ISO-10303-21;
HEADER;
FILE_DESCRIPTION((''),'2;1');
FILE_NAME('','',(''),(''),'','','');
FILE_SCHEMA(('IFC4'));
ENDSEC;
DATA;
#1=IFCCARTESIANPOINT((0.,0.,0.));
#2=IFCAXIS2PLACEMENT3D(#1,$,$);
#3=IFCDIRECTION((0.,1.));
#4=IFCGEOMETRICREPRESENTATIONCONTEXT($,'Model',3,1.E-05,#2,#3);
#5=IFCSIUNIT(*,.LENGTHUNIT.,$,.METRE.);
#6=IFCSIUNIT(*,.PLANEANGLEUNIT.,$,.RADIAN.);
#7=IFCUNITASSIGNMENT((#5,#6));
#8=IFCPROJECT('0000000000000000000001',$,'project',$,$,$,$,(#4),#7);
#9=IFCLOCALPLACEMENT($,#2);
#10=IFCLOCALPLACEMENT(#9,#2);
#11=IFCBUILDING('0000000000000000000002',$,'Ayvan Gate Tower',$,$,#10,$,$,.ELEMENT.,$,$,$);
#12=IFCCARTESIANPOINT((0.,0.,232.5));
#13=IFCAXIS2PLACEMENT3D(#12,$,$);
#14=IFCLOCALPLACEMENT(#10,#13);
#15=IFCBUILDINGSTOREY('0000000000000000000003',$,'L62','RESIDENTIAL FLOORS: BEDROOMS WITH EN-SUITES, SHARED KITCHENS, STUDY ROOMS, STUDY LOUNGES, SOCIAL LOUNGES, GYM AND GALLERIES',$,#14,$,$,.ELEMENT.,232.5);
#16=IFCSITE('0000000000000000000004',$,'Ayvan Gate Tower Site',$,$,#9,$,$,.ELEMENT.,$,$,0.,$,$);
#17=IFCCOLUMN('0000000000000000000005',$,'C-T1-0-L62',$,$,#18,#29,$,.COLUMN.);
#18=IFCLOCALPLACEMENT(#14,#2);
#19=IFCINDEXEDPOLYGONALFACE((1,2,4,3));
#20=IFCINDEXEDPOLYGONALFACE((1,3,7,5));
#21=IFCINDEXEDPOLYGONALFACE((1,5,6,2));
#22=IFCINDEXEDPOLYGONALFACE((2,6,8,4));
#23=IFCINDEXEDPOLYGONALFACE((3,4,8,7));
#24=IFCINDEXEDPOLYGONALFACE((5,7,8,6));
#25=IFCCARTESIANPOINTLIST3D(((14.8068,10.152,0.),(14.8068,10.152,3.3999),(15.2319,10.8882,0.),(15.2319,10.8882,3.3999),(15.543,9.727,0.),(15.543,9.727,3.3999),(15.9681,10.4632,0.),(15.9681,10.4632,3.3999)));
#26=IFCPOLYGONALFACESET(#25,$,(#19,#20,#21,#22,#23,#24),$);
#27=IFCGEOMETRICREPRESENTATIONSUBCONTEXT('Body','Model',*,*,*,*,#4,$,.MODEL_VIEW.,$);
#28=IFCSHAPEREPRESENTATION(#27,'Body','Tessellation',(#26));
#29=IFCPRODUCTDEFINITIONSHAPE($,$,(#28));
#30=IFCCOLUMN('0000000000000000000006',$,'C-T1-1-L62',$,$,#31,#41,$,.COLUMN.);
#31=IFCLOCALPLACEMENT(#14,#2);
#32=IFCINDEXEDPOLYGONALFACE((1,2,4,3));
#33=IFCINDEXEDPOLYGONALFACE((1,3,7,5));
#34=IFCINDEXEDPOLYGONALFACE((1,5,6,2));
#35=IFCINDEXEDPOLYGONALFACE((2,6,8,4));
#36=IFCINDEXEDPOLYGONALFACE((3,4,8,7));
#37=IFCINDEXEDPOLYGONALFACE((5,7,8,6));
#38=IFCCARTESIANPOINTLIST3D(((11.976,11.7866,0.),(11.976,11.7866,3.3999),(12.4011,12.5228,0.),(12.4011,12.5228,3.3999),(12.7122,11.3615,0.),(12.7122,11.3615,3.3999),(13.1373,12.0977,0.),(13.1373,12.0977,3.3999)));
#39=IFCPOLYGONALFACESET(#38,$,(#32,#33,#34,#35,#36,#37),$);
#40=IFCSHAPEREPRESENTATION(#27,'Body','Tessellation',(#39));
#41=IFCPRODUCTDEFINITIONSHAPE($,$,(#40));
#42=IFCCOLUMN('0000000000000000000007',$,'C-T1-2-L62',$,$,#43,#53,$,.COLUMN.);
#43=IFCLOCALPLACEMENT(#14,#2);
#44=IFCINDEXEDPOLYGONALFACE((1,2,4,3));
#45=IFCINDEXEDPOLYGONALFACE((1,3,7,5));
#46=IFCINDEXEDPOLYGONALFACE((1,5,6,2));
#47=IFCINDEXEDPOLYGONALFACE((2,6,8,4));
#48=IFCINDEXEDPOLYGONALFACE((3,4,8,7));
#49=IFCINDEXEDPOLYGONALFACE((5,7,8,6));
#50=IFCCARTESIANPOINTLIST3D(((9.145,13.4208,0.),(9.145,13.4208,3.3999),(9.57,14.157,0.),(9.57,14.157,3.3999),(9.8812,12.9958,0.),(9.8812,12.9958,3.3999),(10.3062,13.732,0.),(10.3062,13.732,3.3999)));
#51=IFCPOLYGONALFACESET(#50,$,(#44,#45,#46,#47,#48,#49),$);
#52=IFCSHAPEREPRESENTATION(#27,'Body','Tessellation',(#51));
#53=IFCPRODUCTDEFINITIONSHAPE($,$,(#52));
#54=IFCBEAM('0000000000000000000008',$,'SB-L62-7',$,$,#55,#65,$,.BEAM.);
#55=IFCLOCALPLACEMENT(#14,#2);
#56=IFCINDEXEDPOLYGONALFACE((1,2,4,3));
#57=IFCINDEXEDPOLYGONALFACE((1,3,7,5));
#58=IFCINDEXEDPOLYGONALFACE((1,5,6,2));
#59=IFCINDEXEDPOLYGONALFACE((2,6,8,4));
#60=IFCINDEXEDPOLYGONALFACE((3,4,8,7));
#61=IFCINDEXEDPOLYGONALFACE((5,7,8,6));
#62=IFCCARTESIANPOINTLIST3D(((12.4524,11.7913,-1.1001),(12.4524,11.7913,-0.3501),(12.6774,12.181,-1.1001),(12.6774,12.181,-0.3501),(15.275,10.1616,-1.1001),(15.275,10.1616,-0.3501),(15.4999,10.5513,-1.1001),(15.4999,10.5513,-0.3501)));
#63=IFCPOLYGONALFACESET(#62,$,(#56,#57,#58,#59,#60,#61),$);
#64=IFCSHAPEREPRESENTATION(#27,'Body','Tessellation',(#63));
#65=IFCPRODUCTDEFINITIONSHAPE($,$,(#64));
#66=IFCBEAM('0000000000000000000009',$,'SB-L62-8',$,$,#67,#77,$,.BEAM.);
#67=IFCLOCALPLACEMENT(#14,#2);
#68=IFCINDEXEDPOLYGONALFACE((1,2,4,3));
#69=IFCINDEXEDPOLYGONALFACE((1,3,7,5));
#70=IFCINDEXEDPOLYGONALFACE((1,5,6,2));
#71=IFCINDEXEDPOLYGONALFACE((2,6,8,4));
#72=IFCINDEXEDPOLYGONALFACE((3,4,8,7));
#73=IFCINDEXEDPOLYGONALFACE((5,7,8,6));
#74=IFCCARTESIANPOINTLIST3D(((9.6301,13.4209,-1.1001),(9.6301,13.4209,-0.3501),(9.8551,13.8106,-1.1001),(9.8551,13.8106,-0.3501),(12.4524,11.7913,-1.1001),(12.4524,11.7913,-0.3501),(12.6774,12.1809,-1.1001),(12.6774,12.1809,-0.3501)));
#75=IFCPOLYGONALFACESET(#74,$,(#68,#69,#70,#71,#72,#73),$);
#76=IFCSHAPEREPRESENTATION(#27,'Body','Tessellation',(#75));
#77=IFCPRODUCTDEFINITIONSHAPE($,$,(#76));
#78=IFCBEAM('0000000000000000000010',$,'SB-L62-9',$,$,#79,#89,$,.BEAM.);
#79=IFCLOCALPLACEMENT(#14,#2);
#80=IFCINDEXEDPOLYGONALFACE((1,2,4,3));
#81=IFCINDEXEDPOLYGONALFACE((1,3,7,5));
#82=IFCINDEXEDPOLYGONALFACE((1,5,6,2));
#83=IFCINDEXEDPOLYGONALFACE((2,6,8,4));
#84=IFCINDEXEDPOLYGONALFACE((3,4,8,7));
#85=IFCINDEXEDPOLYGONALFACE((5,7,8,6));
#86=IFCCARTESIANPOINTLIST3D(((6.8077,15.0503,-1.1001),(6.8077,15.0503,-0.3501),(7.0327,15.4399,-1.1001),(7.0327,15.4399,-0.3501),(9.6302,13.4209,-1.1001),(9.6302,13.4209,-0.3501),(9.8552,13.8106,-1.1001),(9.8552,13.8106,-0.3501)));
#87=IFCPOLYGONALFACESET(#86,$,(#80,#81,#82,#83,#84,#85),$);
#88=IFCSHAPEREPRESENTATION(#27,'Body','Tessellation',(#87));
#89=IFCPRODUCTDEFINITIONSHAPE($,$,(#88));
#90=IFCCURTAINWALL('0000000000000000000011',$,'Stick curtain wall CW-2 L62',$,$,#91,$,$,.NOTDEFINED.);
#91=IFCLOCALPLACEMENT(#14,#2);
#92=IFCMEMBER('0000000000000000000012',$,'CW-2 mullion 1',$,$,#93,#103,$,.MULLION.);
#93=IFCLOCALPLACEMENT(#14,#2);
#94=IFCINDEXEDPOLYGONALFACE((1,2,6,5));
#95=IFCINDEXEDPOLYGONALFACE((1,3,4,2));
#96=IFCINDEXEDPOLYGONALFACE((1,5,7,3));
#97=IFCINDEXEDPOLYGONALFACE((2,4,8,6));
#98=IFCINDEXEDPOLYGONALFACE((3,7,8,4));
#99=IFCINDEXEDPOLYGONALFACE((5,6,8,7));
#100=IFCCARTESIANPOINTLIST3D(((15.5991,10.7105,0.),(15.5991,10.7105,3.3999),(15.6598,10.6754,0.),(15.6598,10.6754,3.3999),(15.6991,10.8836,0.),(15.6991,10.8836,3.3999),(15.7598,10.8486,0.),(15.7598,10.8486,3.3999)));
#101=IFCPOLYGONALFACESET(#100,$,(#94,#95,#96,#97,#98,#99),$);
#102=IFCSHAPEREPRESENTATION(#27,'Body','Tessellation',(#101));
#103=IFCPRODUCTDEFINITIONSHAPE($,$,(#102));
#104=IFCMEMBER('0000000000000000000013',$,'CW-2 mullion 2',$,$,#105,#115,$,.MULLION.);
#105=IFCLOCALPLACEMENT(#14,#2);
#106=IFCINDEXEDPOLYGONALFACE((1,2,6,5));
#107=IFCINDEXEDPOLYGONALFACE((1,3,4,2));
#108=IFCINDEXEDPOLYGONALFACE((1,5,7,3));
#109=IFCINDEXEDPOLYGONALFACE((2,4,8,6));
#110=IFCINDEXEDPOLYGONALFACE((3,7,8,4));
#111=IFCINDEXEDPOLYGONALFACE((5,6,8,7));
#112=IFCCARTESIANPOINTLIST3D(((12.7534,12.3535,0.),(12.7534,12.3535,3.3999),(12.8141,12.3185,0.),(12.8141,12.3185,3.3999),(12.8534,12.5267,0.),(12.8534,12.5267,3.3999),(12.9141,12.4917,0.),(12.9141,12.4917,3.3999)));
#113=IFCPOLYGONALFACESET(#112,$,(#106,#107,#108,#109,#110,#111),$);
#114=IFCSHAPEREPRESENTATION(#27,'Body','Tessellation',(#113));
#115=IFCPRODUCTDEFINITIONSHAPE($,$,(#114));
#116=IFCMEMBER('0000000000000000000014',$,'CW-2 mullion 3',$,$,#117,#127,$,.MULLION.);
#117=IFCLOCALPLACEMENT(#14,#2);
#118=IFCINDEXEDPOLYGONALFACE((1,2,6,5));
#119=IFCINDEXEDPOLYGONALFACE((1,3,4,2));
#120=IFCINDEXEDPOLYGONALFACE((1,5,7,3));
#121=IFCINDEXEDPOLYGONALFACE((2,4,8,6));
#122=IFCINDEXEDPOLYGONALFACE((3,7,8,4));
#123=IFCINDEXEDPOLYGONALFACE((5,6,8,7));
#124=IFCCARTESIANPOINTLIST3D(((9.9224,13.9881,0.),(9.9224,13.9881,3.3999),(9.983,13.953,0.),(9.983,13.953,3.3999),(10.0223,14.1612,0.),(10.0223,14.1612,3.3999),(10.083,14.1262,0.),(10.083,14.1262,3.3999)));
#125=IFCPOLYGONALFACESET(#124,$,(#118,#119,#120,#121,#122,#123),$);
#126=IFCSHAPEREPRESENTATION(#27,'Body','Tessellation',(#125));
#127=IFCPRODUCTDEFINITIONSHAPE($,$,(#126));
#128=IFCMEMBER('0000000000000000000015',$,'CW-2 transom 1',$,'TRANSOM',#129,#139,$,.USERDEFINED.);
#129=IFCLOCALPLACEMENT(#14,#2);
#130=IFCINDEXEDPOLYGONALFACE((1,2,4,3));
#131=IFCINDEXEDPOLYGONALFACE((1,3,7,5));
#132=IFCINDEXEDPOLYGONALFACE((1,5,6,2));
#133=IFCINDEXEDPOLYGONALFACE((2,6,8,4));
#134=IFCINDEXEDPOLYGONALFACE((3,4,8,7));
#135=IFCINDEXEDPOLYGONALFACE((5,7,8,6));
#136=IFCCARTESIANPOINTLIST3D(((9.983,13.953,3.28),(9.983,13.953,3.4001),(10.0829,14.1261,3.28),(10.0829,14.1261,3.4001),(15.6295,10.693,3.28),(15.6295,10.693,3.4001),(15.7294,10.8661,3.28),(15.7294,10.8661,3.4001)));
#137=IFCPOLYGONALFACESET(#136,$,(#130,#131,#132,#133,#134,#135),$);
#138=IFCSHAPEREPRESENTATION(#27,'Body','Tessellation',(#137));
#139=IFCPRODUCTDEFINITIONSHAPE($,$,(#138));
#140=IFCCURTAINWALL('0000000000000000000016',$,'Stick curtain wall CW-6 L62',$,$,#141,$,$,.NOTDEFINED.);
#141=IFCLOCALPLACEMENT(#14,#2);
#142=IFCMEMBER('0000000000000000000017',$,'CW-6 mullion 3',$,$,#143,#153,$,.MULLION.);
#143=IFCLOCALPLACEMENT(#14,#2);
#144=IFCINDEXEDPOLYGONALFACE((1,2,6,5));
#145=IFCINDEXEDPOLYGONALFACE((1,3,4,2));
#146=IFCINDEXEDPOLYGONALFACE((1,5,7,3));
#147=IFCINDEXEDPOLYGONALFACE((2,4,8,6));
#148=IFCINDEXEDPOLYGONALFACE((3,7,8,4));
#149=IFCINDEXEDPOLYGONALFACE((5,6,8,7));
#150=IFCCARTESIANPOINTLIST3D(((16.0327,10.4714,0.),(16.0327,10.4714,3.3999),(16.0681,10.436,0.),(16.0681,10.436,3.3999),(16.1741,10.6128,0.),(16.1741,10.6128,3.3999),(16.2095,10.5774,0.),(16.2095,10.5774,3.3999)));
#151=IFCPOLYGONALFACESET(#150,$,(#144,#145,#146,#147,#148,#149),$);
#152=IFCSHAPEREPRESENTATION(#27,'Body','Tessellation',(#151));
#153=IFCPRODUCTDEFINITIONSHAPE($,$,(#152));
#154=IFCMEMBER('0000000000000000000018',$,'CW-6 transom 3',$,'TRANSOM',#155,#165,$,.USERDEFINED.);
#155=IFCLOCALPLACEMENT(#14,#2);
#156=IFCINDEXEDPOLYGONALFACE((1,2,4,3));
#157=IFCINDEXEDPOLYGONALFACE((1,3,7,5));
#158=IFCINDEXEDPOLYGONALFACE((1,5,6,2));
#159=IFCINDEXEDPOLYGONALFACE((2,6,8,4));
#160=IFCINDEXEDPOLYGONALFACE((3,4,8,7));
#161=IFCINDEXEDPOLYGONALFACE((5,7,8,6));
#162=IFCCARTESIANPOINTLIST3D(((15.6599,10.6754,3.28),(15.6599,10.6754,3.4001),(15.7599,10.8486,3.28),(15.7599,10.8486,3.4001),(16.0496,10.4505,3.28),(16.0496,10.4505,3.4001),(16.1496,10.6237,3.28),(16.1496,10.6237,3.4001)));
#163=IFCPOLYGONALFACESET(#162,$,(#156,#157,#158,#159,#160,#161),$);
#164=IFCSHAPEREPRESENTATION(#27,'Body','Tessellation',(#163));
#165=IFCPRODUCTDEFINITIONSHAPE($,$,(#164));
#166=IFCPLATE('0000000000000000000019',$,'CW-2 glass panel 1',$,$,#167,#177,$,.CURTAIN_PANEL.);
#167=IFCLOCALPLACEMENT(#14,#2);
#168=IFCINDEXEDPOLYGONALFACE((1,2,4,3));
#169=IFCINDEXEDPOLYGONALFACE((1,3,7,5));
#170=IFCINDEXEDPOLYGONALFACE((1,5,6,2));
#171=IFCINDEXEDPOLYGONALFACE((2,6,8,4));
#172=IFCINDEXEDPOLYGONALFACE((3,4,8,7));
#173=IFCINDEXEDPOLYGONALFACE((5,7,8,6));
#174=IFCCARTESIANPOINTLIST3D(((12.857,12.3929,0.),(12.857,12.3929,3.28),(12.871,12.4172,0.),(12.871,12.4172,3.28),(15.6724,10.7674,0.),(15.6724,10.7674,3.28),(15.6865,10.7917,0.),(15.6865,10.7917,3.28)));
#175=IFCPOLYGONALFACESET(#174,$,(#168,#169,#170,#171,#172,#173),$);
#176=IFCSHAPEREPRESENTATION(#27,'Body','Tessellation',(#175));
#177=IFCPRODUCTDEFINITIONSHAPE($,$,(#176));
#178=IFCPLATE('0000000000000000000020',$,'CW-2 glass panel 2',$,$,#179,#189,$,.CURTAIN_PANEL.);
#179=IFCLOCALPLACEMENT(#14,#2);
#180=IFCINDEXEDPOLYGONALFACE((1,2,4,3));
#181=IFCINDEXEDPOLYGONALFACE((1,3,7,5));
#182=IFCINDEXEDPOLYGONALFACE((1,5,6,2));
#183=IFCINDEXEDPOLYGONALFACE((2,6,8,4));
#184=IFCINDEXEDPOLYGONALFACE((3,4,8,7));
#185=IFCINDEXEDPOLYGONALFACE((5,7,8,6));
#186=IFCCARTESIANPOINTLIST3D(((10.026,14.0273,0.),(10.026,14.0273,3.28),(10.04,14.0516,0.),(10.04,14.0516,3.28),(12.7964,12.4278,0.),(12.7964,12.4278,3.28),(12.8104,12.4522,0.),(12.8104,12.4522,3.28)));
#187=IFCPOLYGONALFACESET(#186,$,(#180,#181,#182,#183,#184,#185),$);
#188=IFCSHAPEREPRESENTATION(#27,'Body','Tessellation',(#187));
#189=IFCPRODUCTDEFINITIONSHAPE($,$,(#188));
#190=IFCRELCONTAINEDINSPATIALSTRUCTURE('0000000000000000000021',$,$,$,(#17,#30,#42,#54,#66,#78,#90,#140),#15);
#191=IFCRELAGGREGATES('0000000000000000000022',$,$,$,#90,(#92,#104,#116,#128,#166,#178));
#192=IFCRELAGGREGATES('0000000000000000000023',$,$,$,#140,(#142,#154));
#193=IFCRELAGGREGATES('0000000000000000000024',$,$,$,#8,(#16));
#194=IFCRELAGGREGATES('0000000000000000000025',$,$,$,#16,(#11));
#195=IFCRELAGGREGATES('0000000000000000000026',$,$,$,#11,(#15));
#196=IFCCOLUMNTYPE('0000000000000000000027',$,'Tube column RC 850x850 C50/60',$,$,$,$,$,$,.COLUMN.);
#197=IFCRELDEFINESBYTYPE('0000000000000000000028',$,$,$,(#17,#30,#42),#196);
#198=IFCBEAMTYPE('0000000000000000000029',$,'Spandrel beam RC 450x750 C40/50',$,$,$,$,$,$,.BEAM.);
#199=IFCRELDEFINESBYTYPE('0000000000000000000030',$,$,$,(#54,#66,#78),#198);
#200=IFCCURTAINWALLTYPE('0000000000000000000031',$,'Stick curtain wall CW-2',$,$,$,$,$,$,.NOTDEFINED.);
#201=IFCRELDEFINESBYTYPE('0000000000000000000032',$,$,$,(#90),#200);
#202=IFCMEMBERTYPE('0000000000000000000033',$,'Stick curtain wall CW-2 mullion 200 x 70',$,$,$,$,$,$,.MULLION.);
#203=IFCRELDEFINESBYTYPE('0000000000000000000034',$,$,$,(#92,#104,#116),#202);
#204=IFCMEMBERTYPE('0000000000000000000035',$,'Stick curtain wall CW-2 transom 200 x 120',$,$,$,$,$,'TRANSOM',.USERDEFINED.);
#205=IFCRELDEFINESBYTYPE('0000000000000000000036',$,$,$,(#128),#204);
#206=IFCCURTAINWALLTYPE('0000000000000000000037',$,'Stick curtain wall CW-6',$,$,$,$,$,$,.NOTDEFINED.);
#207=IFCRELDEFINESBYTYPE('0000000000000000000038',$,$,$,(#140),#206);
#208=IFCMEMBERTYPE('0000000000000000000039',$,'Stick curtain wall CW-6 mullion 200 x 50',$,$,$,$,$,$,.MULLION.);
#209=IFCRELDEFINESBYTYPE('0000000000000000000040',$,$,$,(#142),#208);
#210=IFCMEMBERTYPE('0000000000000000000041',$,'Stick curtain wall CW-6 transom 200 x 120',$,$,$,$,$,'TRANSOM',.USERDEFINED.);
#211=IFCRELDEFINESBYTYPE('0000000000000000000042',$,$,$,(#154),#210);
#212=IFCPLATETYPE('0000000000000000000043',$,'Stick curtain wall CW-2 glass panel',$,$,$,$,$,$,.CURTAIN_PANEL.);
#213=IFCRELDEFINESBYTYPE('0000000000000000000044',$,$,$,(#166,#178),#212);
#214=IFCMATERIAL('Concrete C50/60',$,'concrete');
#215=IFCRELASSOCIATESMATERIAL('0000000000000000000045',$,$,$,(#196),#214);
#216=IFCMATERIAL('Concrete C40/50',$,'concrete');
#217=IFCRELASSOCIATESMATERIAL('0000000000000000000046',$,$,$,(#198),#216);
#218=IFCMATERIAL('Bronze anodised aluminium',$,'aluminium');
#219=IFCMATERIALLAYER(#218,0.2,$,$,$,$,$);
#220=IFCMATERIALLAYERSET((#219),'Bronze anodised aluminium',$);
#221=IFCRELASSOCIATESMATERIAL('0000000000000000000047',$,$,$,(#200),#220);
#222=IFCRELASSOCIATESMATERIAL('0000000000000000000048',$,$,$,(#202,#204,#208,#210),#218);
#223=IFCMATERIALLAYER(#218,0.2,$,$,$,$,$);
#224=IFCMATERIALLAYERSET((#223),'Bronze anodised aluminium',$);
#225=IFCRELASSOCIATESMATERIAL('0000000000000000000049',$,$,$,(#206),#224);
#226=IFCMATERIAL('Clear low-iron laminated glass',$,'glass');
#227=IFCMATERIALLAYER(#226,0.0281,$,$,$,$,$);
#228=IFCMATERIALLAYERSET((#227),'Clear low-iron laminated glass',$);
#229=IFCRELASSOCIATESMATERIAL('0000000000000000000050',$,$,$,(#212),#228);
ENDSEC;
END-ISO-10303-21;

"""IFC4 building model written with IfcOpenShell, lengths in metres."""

from ifc_helpers import new_model, si_unit, direction, frame, origin, origin_2d, place, context, subcontext, project, spatial, rectangle, extrude, material, layer, layer_set, material_profile, profile_set, type_object, element, aggregate, save


model = new_model("IFC4")

# Units and contexts
model_context = context("Model", 3, precision=1e-05, world=origin(), true_north=direction((0.0, 1.0)))
body_context = subcontext(model_context, "Body", "Model", "MODEL_VIEW")
ifc_project = project(units=[si_unit("LENGTHUNIT", "METRE"), si_unit("PLANEANGLEUNIT", "RADIAN")], contexts=[model_context])

# Site, building, storey
site_placement = place(None, origin())
site = spatial("IfcSite", under=ifc_project, at=site_placement, Name="Ayvan Gate Tower Site", CompositionType="ELEMENT", RefElevation=0.0)
building_placement = place(site_placement, origin())
building = spatial("IfcBuilding", under=site, at=building_placement, Name="Ayvan Gate Tower", CompositionType="ELEMENT")
storey_placement = place(building_placement, frame((0.0, 0.0, 232.5)))
storey = spatial("IfcBuildingStorey", under=building, at=storey_placement, Name="L62", Description="RESIDENTIAL FLOORS: BEDROOMS WITH EN-SUITES, SHARED KITCHENS, STUDY ROOMS, STUDY LOUNGES, SOCIAL LOUNGES, GYM AND GALLERIES", CompositionType="ELEMENT", Elevation=232.5)

# Columns
ifc_material_1 = material(Name="Concrete C50/60", Category="concrete")
ifc_material_profile_1 = material_profile(ifc_material_1, rectangle(XDim=0.8501, YDim=0.8501, at=origin_2d()), Name="RC 850x850")
ifc_profile_set_1 = profile_set([ifc_material_profile_1], Name="Concrete C50/60")
column_type = type_object("IfcColumnType", Name="Tube column RC 850x850 C50/60", PredefinedType="COLUMN", material=ifc_profile_set_1)
for number, where, z_axis, x_axis, name in (
    (1, (15.3875, 10.3076, 0.0), (0.0, 0.0, 1.0), (0.5, 0.866025, 0.0), "C-T1-0-L62"),
    (2, (12.5566, 11.9421, 0.0), (0.0, 0.0, 1.0), (0.5, 0.866025, 0.0), "C-T1-1-L62"),
    (3, (9.7256, 13.5764, 0.0), (0.0, 0.0, 1.0), (0.5, 0.866025, 0.0), "C-T1-2-L62"),
):
    element("IfcColumn", number, at=place(storey_placement, frame(where, z_axis=z_axis, x_axis=x_axis)), inside=storey, type_object=column_type, Name=name, PredefinedType="COLUMN", context=body_context, shape_type="SweptSolid", body=[
        extrude(rectangle(XDim=0.8501, YDim=0.8501, at=origin_2d()), origin(), (0.0, 0.0, 1.0), 3.3999),
    ])

# Beams
ifc_material_2 = material(Name="Concrete C40/50", Category="concrete")
ifc_material_profile_2 = material_profile(ifc_material_2, rectangle(XDim=0.45, YDim=0.75, at=origin_2d()), Name="RC 450x750")
ifc_profile_set_2 = profile_set([ifc_material_profile_2], Name="Concrete C40/50")
beam_type = type_object("IfcBeamType", Name="Spandrel beam RC 450x750 C40/50", PredefinedType="BEAM", material=ifc_profile_set_2)
beam_placement = place(storey_placement, frame((15.3875, 10.3564, -0.7251), z_axis=(-0.866017, 0.500014, 0.0), x_axis=(-0.500014, -0.866017, 0.0)))
element("IfcBeam", 4, at=beam_placement, inside=storey, type_object=beam_type, Name="SB-L62-7", PredefinedType="BEAM", context=body_context, shape_type="SweptSolid", body=[
    extrude(rectangle(XDim=0.45, YDim=0.75, at=origin_2d()), origin(), (0.0, 0.0, 1.0), 3.2593),
])
for number, where, z_axis, x_axis, name in (
    (5, (12.5649, 11.9861, -0.7251), (-0.865998, 0.500047, 0.0), (-0.500047, -0.865998, 0.0), "SB-L62-8"),
    (6, (9.7427, 13.6157, -0.7251), (-0.86605, 0.499958, 0.0), (-0.499958, -0.86605, 0.0), "SB-L62-9"),
):
    element("IfcBeam", number, at=place(storey_placement, frame(where, z_axis=z_axis, x_axis=x_axis)), inside=storey, type_object=beam_type, Name=name, PredefinedType="BEAM", context=body_context, shape_type="SweptSolid", body=[
        extrude(rectangle(XDim=0.45, YDim=0.75, at=origin_2d()), origin(), (0.0, 0.0, 1.0), 3.259),
    ])

# Curtain walls, members
ifc_material_3 = material(Name="Bronze anodised aluminium", Category="aluminium")
ifc_layer_1 = layer(ifc_material_3, 0.2)
ifc_layer_set_1 = layer_set([ifc_layer_1], Name="Bronze anodised aluminium")
curtain_wall_type_1 = type_object("IfcCurtainWallType", Name="Stick curtain wall CW-2", PredefinedType="NOTDEFINED", material=ifc_layer_set_1)
curtain_wall_1_placement = place(storey_placement, origin())
curtain_wall_1 = element("IfcCurtainWall", 7, at=curtain_wall_1_placement, inside=storey, type_object=curtain_wall_type_1, Name="Stick curtain wall CW-2 L62", PredefinedType="NOTDEFINED")
ifc_material_profile_3 = material_profile(ifc_material_3, rectangle(XDim=0.2, YDim=0.0701, at=origin_2d()), Name="Stick curtain wall CW-2 mullion 200 x 70")
ifc_profile_set_3 = profile_set([ifc_material_profile_3], Name="Bronze anodised aluminium")
member_type_1 = type_object("IfcMemberType", Name="Stick curtain wall CW-2 mullion 200 x 70", PredefinedType="MULLION", material=ifc_profile_set_3)
member_1_placement = place(storey_placement, frame((15.6794, 10.7795, 0.0), z_axis=(0.0, 0.0, 1.0), x_axis=(0.5, 0.866025, 0.0)))
member_1 = element("IfcMember", 8, at=member_1_placement, type_object=member_type_1, Name="CW-2 mullion 1", PredefinedType="MULLION", context=body_context, shape_type="SweptSolid", body=[
    extrude(rectangle(XDim=0.2, YDim=0.0701, at=origin_2d()), origin(), (0.0, 0.0, 1.0), 3.3999),
])
member_2_placement = place(storey_placement, frame((12.8337, 12.4226, 0.0), z_axis=(0.0, 0.0, 1.0), x_axis=(0.5, 0.866025, 0.0)))
member_2 = element("IfcMember", 9, at=member_2_placement, type_object=member_type_1, Name="CW-2 mullion 2", PredefinedType="MULLION", context=body_context, shape_type="SweptSolid", body=[
    extrude(rectangle(XDim=0.2, YDim=0.0701, at=origin_2d()), origin(), (0.0, 0.0, 1.0), 3.3999),
])
member_3_placement = place(storey_placement, frame((10.0027, 14.0571, 0.0), z_axis=(0.0, 0.0, 1.0), x_axis=(0.5, 0.866025, 0.0)))
member_3 = element("IfcMember", 10, at=member_3_placement, type_object=member_type_1, Name="CW-2 mullion 3", PredefinedType="MULLION", context=body_context, shape_type="SweptSolid", body=[
    extrude(rectangle(XDim=0.2, YDim=0.0701, at=origin_2d()), origin(), (0.0, 0.0, 1.0), 3.3999),
])
ifc_material_profile_4 = material_profile(ifc_material_3, rectangle(XDim=0.2, YDim=0.1201, at=origin_2d()), Name="Stick curtain wall CW-2 transom 200 x 120")
ifc_profile_set_4 = profile_set([ifc_material_profile_4], Name="Bronze anodised aluminium")
member_type_2 = type_object("IfcMemberType", Name="Stick curtain wall CW-2 transom 200 x 120", ElementType="TRANSOM", PredefinedType="USERDEFINED", material=ifc_profile_set_4)
member_4_placement = place(storey_placement, frame((15.6794, 10.7795, 3.3401), z_axis=(-0.866025, 0.500001, 0.0), x_axis=(-0.500001, -0.866025, 0.0)))
member_4 = element("IfcMember", 11, at=member_4_placement, type_object=member_type_2, Name="CW-2 transom 1", ObjectType="TRANSOM", PredefinedType="USERDEFINED", context=body_context, shape_type="SweptSolid", body=[
    extrude(rectangle(XDim=0.2, YDim=0.1201, at=origin_2d()), origin(), (0.0, 0.0, 1.0), 6.52),
])
ifc_layer_2 = layer(ifc_material_3, 0.2)
ifc_layer_set_2 = layer_set([ifc_layer_2], Name="Bronze anodised aluminium")
curtain_wall_type_2 = type_object("IfcCurtainWallType", Name="Stick curtain wall CW-6", PredefinedType="NOTDEFINED", material=ifc_layer_set_2)
curtain_wall_2_placement = place(storey_placement, origin())
curtain_wall_2 = element("IfcCurtainWall", 12, at=curtain_wall_2_placement, inside=storey, type_object=curtain_wall_type_2, Name="Stick curtain wall CW-6 L62", PredefinedType="NOTDEFINED")
ifc_material_profile_5 = material_profile(ifc_material_3, rectangle(XDim=0.2, YDim=0.05, at=origin_2d()), Name="Stick curtain wall CW-6 mullion 200 x 50")
ifc_profile_set_5 = profile_set([ifc_material_profile_5], Name="Bronze anodised aluminium")
member_type_3 = type_object("IfcMemberType", Name="Stick curtain wall CW-6 mullion 200 x 50", PredefinedType="MULLION", material=ifc_profile_set_5)
member_5_placement = place(storey_placement, frame((16.1211, 10.5244, 0.0), z_axis=(0.0, 0.0, 1.0), x_axis=(0.707107, 0.707107, 0.0)))
member_5 = element("IfcMember", 13, at=member_5_placement, type_object=member_type_3, Name="CW-6 mullion 3", PredefinedType="MULLION", context=body_context, shape_type="SweptSolid", body=[
    extrude(rectangle(XDim=0.2, YDim=0.05, at=origin_2d()), origin(), (0.0, 0.0, 1.0), 3.3999),
])
ifc_material_profile_6 = material_profile(ifc_material_3, rectangle(XDim=0.2, YDim=0.1201, at=origin_2d()), Name="Stick curtain wall CW-6 transom 200 x 120")
ifc_profile_set_6 = profile_set([ifc_material_profile_6], Name="Bronze anodised aluminium")
member_type_4 = type_object("IfcMemberType", Name="Stick curtain wall CW-6 transom 200 x 120", ElementType="TRANSOM", PredefinedType="USERDEFINED", material=ifc_profile_set_6)
member_6_placement = place(storey_placement, frame((16.0996, 10.5371, 3.3401), z_axis=(-0.866131, 0.499816, 0.0), x_axis=(-0.499816, -0.866131, 0.0)))
member_6 = element("IfcMember", 14, at=member_6_placement, type_object=member_type_4, Name="CW-6 transom 3", ObjectType="TRANSOM", PredefinedType="USERDEFINED", context=body_context, shape_type="SweptSolid", body=[
    extrude(rectangle(XDim=0.2, YDim=0.1201, at=origin_2d()), origin(), (0.0, 0.0, 1.0), 0.45),
])

# Plates
ifc_material_4 = material(Name="Clear low-iron laminated glass", Category="glass")
ifc_layer_3 = layer(ifc_material_4, 0.0281)
ifc_layer_set_3 = layer_set([ifc_layer_3], Name="Clear low-iron laminated glass")
plate_type_1 = type_object("IfcPlateType", Name="Stick curtain wall CW-2 glass panel", PredefinedType="CURTAIN_PANEL", material=ifc_layer_set_3)
plate_1_placement = place(storey_placement, frame((14.2717, 11.5923, 0.0), z_axis=(0.0, 0.0, 1.0), x_axis=(-0.866025, 0.5, 0.0)))
plate_1 = element("IfcPlate", 15, at=plate_1_placement, type_object=plate_type_1, Name="CW-2 glass panel 1", PredefinedType="CURTAIN_PANEL", context=body_context, shape_type="SweptSolid", body=[
    extrude(rectangle(XDim=3.251, YDim=0.0281, at=origin_2d()), origin(), (0.0, 0.0, 1.0), 3.28),
])
plate_2_placement = place(storey_placement, frame((11.4182, 13.2397, 0.0), z_axis=(0.0, 0.0, 1.0), x_axis=(-0.866025, 0.5, 0.0)))
plate_2 = element("IfcPlate", 16, at=plate_2_placement, type_object=plate_type_1, Name="CW-2 glass panel 2", PredefinedType="CURTAIN_PANEL", context=body_context, shape_type="SweptSolid", body=[
    extrude(rectangle(XDim=3.199, YDim=0.0281, at=origin_2d()), origin(), (0.0, 0.0, 1.0), 3.28),
])
aggregate(curtain_wall_1, [member_1, member_2, member_3, member_4, plate_1, plate_2])
aggregate(curtain_wall_2, [member_5, member_6])

save(model, "model.ifc")
